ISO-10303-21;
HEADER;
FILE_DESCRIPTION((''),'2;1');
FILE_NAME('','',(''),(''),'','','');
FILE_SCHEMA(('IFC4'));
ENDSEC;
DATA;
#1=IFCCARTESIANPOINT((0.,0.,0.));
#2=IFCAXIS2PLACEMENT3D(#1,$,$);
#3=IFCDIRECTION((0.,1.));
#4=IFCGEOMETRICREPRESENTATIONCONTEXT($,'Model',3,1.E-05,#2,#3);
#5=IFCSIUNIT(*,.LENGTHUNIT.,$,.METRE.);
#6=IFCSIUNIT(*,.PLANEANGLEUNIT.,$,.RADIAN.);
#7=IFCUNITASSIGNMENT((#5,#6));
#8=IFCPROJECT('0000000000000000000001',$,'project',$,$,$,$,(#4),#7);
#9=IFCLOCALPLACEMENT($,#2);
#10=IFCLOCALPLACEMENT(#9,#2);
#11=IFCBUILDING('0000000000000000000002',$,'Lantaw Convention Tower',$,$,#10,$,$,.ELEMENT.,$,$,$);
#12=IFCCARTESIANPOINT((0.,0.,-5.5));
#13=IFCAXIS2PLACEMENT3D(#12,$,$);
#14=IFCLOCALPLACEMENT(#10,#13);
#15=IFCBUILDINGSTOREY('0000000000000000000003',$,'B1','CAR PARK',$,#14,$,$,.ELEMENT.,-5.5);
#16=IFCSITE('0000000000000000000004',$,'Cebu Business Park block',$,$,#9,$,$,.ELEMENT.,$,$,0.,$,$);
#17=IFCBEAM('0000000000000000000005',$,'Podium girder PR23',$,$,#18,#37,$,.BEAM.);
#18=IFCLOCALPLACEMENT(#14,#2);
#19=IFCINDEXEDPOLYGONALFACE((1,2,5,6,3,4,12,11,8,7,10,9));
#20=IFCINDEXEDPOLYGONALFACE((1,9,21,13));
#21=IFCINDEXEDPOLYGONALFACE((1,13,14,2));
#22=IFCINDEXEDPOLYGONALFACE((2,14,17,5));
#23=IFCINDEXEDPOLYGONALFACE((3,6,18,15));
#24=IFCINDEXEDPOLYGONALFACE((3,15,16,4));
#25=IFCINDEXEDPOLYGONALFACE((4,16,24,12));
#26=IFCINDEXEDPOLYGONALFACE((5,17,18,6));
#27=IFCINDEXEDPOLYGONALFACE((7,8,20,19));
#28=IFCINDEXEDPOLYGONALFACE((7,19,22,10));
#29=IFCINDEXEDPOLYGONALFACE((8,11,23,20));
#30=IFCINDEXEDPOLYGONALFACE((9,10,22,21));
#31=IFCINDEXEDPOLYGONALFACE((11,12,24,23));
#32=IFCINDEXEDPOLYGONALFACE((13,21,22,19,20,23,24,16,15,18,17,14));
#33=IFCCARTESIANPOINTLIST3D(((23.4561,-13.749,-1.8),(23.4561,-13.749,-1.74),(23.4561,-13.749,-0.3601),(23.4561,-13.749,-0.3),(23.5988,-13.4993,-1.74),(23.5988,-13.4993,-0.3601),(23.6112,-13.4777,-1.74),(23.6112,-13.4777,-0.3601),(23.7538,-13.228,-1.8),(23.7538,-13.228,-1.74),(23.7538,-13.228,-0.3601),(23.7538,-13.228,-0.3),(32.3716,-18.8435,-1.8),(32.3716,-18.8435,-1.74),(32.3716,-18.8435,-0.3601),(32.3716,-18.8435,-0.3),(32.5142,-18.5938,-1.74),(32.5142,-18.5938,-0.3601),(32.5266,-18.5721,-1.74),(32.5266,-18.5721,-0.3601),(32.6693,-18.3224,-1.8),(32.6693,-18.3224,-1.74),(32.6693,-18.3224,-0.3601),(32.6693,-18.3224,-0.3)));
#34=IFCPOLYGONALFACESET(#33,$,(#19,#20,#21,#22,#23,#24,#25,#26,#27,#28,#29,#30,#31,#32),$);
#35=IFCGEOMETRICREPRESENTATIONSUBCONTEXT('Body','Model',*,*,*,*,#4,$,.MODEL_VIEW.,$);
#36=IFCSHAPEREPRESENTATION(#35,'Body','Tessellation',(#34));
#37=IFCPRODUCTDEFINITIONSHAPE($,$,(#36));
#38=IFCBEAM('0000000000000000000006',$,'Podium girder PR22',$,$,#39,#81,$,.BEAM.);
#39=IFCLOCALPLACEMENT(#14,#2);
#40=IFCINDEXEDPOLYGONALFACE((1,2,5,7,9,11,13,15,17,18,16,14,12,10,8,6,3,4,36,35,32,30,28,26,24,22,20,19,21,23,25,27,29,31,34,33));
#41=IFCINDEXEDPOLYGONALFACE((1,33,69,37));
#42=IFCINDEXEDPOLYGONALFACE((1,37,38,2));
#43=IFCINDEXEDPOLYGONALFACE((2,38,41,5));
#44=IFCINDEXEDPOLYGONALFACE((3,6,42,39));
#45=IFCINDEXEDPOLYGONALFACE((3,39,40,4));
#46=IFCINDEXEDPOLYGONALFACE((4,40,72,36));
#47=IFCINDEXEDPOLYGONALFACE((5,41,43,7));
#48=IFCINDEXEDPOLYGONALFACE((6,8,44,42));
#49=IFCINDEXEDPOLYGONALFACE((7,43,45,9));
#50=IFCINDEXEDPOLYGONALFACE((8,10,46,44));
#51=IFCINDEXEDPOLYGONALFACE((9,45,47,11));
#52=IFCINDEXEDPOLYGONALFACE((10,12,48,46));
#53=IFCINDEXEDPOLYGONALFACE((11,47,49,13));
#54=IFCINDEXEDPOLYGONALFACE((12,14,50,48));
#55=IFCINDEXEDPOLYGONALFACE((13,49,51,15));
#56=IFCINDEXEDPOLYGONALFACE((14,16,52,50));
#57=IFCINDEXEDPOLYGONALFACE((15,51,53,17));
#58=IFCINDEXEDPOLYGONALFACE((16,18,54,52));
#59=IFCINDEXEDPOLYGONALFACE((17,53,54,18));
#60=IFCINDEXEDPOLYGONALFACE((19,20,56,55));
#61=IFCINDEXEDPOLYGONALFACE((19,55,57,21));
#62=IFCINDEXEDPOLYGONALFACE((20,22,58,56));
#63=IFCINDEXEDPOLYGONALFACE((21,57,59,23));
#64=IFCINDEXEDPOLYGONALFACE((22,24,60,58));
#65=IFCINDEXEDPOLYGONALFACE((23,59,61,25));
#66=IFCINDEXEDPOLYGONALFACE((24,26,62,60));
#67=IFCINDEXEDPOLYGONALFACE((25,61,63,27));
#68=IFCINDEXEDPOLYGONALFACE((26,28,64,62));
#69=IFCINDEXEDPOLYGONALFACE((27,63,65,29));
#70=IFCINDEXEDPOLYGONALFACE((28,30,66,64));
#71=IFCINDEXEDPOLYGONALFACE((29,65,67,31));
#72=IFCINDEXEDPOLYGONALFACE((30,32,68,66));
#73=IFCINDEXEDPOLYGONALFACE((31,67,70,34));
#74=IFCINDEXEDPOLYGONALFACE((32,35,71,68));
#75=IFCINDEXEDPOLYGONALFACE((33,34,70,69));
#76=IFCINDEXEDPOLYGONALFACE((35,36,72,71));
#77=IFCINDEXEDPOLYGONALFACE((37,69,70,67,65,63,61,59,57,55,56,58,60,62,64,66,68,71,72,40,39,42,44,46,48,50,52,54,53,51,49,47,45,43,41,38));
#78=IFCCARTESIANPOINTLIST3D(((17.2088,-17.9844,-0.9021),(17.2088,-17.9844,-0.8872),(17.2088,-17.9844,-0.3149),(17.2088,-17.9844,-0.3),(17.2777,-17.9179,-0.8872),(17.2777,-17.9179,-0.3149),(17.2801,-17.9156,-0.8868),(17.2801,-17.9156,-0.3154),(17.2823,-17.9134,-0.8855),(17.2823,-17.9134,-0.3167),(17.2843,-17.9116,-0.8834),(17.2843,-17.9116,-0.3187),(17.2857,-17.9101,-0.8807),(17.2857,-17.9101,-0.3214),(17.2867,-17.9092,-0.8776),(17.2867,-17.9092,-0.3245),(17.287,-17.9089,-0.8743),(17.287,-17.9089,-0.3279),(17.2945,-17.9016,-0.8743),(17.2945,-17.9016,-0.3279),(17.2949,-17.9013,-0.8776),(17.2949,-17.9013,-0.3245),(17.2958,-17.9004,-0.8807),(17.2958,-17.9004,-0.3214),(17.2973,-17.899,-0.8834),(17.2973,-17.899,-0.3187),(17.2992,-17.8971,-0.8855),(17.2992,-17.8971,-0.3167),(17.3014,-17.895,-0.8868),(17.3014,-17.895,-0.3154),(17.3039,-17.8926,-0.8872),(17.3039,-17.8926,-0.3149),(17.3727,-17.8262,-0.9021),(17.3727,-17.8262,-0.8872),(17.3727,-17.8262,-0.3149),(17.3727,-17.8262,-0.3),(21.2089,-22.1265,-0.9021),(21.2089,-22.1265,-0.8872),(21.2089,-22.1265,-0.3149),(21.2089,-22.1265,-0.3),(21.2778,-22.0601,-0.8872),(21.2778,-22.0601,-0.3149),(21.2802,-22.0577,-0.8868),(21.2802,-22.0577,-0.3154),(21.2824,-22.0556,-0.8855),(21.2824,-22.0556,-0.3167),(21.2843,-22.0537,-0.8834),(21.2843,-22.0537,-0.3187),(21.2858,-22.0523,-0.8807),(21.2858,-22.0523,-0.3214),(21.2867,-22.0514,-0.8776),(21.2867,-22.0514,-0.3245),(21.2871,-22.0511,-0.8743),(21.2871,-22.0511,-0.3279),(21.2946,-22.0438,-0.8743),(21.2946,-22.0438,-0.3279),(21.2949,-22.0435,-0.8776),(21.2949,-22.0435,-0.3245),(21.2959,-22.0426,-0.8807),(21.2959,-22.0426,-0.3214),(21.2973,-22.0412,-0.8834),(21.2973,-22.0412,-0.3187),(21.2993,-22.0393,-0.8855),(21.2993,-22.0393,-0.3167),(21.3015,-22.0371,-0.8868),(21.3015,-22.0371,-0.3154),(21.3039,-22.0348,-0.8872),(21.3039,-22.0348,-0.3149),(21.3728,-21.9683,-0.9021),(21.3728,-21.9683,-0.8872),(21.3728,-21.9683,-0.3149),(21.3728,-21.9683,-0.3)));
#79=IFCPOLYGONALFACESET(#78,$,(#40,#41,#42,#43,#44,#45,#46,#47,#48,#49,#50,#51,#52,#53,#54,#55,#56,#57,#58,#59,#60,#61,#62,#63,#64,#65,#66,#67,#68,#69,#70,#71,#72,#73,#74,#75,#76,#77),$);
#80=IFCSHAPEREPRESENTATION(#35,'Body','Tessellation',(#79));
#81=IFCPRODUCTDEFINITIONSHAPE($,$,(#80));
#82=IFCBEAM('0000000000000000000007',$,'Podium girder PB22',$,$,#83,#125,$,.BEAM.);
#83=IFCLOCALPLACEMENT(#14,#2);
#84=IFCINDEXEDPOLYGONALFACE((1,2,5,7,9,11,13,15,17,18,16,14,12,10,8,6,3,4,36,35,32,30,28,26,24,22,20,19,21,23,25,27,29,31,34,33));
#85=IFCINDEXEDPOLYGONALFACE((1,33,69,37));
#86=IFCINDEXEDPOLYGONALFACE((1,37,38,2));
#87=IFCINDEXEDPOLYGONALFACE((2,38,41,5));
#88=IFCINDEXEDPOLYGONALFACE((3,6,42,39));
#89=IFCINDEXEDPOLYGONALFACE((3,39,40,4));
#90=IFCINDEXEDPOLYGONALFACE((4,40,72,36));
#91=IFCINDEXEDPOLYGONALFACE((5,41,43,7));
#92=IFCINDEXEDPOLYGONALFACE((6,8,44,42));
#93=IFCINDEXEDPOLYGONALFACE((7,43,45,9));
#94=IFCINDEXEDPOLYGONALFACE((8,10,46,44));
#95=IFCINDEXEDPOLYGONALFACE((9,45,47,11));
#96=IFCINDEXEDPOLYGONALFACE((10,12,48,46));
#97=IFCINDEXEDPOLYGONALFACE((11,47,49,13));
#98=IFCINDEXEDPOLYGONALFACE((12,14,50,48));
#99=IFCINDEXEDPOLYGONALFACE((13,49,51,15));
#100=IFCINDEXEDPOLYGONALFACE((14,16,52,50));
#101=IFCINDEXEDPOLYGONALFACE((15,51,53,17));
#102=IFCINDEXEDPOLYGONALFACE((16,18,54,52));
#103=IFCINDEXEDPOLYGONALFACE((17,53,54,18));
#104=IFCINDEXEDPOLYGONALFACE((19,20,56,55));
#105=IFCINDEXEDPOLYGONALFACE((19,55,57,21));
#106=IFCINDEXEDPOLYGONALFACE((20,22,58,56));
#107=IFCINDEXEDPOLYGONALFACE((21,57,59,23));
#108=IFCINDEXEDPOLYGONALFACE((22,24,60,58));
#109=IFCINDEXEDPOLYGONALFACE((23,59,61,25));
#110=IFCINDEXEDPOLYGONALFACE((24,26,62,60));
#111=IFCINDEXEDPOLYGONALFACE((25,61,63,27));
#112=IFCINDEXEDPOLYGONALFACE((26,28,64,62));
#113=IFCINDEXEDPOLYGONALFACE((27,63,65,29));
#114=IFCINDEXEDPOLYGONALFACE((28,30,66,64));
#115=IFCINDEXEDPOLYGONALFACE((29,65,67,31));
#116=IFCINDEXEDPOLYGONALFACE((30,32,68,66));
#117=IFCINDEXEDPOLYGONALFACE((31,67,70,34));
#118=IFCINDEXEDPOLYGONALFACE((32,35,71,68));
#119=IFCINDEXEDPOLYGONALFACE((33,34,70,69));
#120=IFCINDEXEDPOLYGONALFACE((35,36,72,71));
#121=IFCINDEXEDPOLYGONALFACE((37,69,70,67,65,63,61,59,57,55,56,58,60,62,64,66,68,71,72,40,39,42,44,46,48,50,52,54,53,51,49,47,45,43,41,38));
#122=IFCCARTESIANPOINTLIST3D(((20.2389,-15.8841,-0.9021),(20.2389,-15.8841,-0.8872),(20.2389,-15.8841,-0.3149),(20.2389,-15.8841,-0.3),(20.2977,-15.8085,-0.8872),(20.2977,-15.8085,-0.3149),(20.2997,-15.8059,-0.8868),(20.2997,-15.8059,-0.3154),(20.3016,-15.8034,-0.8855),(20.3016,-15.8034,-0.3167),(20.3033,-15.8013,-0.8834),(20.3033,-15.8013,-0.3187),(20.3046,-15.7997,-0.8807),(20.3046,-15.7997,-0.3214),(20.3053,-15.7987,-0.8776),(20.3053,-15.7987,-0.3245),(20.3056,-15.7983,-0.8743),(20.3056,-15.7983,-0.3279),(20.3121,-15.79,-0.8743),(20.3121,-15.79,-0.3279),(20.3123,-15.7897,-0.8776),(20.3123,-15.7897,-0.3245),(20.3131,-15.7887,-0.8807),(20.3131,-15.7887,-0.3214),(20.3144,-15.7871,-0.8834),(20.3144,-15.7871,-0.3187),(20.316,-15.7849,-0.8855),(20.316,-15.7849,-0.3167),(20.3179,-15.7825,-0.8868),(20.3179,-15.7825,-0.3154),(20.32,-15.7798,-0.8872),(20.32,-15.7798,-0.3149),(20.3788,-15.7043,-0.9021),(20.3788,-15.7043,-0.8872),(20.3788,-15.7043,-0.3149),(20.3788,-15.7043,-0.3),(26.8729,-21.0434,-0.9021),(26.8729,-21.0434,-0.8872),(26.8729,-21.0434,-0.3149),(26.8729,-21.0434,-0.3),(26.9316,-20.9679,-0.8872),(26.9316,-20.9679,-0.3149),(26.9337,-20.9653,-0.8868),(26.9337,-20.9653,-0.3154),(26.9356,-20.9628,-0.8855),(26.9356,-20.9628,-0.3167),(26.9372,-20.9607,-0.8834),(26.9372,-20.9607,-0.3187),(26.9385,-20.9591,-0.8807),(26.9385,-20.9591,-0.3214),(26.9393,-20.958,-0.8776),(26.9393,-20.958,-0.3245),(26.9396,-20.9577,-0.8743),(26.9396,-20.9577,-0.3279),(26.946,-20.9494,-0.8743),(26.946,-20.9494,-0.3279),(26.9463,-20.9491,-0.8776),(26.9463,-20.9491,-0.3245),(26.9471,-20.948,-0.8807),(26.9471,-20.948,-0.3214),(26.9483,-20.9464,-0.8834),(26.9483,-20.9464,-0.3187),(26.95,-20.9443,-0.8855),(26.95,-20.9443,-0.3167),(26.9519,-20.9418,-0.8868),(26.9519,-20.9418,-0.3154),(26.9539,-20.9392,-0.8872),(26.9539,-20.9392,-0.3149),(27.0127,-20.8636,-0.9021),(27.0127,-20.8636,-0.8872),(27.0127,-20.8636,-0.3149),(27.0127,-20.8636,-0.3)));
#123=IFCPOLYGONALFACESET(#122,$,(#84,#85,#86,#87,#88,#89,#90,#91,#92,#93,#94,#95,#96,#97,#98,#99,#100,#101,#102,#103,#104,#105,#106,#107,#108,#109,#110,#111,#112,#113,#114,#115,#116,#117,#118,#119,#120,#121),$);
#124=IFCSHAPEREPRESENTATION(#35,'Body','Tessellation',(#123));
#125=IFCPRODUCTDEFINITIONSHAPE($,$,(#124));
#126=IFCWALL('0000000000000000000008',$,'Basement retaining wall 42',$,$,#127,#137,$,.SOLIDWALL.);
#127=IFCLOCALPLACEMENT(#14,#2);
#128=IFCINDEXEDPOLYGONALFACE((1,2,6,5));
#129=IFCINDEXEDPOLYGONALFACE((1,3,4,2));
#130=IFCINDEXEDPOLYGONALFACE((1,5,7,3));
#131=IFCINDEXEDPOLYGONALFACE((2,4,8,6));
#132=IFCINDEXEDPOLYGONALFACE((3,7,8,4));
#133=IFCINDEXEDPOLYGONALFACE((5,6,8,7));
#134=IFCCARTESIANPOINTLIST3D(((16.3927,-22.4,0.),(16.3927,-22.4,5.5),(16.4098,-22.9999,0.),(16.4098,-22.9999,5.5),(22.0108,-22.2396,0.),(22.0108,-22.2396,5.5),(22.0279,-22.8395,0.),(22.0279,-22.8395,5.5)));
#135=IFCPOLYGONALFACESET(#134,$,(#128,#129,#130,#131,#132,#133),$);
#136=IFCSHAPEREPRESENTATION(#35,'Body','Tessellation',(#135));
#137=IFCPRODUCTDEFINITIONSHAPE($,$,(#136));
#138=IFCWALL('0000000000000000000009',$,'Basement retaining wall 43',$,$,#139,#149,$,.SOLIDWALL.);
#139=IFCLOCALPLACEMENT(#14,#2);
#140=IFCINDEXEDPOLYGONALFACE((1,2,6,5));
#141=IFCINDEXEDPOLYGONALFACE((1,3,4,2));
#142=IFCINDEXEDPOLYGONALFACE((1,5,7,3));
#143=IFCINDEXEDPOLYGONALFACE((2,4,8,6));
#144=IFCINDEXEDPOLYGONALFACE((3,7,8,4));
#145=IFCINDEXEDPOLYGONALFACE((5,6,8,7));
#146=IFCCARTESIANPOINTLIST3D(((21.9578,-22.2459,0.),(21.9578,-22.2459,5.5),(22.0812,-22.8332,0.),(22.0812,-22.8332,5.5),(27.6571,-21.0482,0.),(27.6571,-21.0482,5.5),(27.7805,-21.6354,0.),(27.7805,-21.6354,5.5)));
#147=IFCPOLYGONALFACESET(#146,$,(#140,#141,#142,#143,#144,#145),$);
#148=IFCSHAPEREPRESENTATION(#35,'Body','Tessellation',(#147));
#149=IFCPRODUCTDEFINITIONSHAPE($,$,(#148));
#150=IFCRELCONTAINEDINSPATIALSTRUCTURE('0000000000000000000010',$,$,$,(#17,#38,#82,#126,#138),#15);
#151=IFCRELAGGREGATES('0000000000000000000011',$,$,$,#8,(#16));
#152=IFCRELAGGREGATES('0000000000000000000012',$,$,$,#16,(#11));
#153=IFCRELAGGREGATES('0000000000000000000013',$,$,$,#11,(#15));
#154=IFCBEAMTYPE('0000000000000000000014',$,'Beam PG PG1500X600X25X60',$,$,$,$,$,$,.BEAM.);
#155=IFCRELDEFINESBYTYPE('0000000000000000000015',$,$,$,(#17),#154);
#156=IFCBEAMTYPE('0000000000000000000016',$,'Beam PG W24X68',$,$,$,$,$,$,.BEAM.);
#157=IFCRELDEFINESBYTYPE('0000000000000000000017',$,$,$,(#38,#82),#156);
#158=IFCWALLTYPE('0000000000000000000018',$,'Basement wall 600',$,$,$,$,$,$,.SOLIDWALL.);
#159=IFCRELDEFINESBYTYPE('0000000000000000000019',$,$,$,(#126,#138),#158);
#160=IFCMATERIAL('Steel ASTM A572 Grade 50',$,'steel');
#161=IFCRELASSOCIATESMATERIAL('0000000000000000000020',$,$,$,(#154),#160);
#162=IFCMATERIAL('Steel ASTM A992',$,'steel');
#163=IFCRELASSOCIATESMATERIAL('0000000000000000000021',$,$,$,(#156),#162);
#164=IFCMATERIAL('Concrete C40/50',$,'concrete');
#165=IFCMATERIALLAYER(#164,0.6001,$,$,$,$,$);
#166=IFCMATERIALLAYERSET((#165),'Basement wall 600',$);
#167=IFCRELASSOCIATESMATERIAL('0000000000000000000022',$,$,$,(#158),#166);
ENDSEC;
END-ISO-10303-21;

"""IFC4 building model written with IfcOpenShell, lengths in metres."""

from ifc_helpers import new_model, si_unit, direction, frame, frame_2d, origin, origin_2d, place, context, subcontext, project, spatial, rectangle, i_section, extrude, material, layer, layer_set, material_profile, profile_set, type_object, element, save


model = new_model("IFC4")

# Units and contexts
model_context = context("Model", 3, precision=1e-05, world=origin(), true_north=direction((0.0, 1.0)))
body_context = subcontext(model_context, "Body", "Model", "MODEL_VIEW")
ifc_project = project(units=[si_unit("LENGTHUNIT", "METRE"), si_unit("PLANEANGLEUNIT", "RADIAN")], contexts=[model_context])

# Site, building, storey
site_placement = place(None, origin())
site = spatial("IfcSite", under=ifc_project, at=site_placement, Name="Cebu Business Park block", CompositionType="ELEMENT", RefElevation=0.0)
building_placement = place(site_placement, origin())
building = spatial("IfcBuilding", under=site, at=building_placement, Name="Lantaw Convention Tower", CompositionType="ELEMENT")
storey_placement = place(building_placement, frame((0.0, 0.0, -5.5)))
storey = spatial("IfcBuildingStorey", under=building, at=storey_placement, Name="B1", Description="CAR PARK", CompositionType="ELEMENT", Elevation=-5.5)

# Shared definitions
ifc_material_1 = material(Name="Steel ASTM A572 Grade 50", Category="steel")

# Beams
ifc_material_2 = material(Name="Steel ASTM A992", Category="steel")
ifc_material_profile_1 = material_profile(ifc_material_1, i_section(OverallWidth=0.6001, OverallDepth=1.5, WebThickness=0.0249, FlangeThickness=0.0601, at=origin_2d()), Name="PG1500X600X25X60")
ifc_profile_set_1 = profile_set([ifc_material_profile_1], Name="Steel ASTM A572 Grade 50")
beam_type_1 = type_object("IfcBeamType", Name="Beam PG PG1500X600X25X60", PredefinedType="BEAM", material=ifc_profile_set_1)
beam_1_placement = place(storey_placement, frame((23.605, -13.4885, -1.05), z_axis=(0.868248, -0.496131, 0.0), x_axis=(0.496131, 0.868248, 0.0)))
element("IfcBeam", 1, at=beam_1_placement, inside=storey, type_object=beam_type_1, Name="Podium girder PR23", PredefinedType="BEAM", context=body_context, shape_type="SweptSolid", body=[
    extrude(i_section(OverallWidth=0.6001, OverallDepth=1.5, WebThickness=0.0249, FlangeThickness=0.0601, at=origin_2d()), origin(), (0.0, 0.0, 1.0), 10.2683),
])
ifc_material_profile_2 = material_profile(ifc_material_2, i_section(OverallWidth=0.2278, OverallDepth=0.6021, WebThickness=0.0105, FlangeThickness=0.0149, FilletRadius=0.0129, at=origin_2d()), Name="W24X68")
ifc_profile_set_2 = profile_set([ifc_material_profile_2], Name="Steel ASTM A992")
beam_type_2 = type_object("IfcBeamType", Name="Beam PG W24X68", PredefinedType="BEAM", material=ifc_profile_set_2)
beam_2_placement = place(storey_placement, frame((17.2908, -17.9053, -0.6011), z_axis=(0.694661, -0.719337, 0.0), x_axis=(0.719337, 0.694661, 0.0)))
element("IfcBeam", 2, at=beam_2_placement, inside=storey, type_object=beam_type_2, Name="Podium girder PR22", PredefinedType="BEAM", context=body_context, shape_type="SweptSolid", body=[
    extrude(i_section(OverallWidth=0.2278, OverallDepth=0.6021, WebThickness=0.0105, FlangeThickness=0.0149, FilletRadius=0.0129, at=origin_2d()), origin(), (0.0, 0.0, 1.0), 5.7583),
])
beam_3_placement = place(storey_placement, frame((20.3088, -15.7942, -0.6011), z_axis=(0.789374, -0.613912, 0.0), x_axis=(0.613912, 0.789374, 0.0)))
element("IfcBeam", 3, at=beam_3_placement, inside=storey, type_object=beam_type_2, Name="Podium girder PB22", PredefinedType="BEAM", context=body_context, shape_type="SweptSolid", body=[
    extrude(i_section(OverallWidth=0.2278, OverallDepth=0.6021, WebThickness=0.0105, FlangeThickness=0.0149, FilletRadius=0.0129, at=origin_2d()), origin(), (0.0, 0.0, 1.0), 8.4041),
])

# Walls
ifc_material_3 = material(Name="Concrete C40/50", Category="concrete")
ifc_layer = layer(ifc_material_3, 0.6001)
ifc_layer_set = layer_set([ifc_layer], Name="Basement wall 600")
wall_type = type_object("IfcWallType", Name="Basement wall 600", PredefinedType="SOLIDWALL", material=ifc_layer_set)
wall_1_placement = place(storey_placement, frame((16.4014, -22.7, 0.0), z_axis=(0.0, 0.0, 1.0), x_axis=(0.999593, 0.028539, 0.0)))
element("IfcWall", 4, at=wall_1_placement, inside=storey, type_object=wall_type, Name="Basement retaining wall 42", PredefinedType="SOLIDWALL", context=body_context, shape_type="SweptSolid", body=[
    extrude(rectangle(XDim=5.6204, YDim=0.6001, at=frame_2d((2.8101, 0.0))), origin(), (0.0, 0.0, 1.0), 5.5),
])
wall_2_placement = place(storey_placement, frame((22.0195, -22.5396, 0.0), z_axis=(0.0, 0.0, 1.0), x_axis=(0.978622, 0.205668, 0.0)))
element("IfcWall", 5, at=wall_2_placement, inside=storey, type_object=wall_type, Name="Basement retaining wall 43", PredefinedType="SOLIDWALL", context=body_context, shape_type="SweptSolid", body=[
    extrude(rectangle(XDim=5.8237, YDim=0.6001, at=frame_2d((2.9119, 0.0))), origin(), (0.0, 0.0, 1.0), 5.5),
])

save(model, "model.ifc")
